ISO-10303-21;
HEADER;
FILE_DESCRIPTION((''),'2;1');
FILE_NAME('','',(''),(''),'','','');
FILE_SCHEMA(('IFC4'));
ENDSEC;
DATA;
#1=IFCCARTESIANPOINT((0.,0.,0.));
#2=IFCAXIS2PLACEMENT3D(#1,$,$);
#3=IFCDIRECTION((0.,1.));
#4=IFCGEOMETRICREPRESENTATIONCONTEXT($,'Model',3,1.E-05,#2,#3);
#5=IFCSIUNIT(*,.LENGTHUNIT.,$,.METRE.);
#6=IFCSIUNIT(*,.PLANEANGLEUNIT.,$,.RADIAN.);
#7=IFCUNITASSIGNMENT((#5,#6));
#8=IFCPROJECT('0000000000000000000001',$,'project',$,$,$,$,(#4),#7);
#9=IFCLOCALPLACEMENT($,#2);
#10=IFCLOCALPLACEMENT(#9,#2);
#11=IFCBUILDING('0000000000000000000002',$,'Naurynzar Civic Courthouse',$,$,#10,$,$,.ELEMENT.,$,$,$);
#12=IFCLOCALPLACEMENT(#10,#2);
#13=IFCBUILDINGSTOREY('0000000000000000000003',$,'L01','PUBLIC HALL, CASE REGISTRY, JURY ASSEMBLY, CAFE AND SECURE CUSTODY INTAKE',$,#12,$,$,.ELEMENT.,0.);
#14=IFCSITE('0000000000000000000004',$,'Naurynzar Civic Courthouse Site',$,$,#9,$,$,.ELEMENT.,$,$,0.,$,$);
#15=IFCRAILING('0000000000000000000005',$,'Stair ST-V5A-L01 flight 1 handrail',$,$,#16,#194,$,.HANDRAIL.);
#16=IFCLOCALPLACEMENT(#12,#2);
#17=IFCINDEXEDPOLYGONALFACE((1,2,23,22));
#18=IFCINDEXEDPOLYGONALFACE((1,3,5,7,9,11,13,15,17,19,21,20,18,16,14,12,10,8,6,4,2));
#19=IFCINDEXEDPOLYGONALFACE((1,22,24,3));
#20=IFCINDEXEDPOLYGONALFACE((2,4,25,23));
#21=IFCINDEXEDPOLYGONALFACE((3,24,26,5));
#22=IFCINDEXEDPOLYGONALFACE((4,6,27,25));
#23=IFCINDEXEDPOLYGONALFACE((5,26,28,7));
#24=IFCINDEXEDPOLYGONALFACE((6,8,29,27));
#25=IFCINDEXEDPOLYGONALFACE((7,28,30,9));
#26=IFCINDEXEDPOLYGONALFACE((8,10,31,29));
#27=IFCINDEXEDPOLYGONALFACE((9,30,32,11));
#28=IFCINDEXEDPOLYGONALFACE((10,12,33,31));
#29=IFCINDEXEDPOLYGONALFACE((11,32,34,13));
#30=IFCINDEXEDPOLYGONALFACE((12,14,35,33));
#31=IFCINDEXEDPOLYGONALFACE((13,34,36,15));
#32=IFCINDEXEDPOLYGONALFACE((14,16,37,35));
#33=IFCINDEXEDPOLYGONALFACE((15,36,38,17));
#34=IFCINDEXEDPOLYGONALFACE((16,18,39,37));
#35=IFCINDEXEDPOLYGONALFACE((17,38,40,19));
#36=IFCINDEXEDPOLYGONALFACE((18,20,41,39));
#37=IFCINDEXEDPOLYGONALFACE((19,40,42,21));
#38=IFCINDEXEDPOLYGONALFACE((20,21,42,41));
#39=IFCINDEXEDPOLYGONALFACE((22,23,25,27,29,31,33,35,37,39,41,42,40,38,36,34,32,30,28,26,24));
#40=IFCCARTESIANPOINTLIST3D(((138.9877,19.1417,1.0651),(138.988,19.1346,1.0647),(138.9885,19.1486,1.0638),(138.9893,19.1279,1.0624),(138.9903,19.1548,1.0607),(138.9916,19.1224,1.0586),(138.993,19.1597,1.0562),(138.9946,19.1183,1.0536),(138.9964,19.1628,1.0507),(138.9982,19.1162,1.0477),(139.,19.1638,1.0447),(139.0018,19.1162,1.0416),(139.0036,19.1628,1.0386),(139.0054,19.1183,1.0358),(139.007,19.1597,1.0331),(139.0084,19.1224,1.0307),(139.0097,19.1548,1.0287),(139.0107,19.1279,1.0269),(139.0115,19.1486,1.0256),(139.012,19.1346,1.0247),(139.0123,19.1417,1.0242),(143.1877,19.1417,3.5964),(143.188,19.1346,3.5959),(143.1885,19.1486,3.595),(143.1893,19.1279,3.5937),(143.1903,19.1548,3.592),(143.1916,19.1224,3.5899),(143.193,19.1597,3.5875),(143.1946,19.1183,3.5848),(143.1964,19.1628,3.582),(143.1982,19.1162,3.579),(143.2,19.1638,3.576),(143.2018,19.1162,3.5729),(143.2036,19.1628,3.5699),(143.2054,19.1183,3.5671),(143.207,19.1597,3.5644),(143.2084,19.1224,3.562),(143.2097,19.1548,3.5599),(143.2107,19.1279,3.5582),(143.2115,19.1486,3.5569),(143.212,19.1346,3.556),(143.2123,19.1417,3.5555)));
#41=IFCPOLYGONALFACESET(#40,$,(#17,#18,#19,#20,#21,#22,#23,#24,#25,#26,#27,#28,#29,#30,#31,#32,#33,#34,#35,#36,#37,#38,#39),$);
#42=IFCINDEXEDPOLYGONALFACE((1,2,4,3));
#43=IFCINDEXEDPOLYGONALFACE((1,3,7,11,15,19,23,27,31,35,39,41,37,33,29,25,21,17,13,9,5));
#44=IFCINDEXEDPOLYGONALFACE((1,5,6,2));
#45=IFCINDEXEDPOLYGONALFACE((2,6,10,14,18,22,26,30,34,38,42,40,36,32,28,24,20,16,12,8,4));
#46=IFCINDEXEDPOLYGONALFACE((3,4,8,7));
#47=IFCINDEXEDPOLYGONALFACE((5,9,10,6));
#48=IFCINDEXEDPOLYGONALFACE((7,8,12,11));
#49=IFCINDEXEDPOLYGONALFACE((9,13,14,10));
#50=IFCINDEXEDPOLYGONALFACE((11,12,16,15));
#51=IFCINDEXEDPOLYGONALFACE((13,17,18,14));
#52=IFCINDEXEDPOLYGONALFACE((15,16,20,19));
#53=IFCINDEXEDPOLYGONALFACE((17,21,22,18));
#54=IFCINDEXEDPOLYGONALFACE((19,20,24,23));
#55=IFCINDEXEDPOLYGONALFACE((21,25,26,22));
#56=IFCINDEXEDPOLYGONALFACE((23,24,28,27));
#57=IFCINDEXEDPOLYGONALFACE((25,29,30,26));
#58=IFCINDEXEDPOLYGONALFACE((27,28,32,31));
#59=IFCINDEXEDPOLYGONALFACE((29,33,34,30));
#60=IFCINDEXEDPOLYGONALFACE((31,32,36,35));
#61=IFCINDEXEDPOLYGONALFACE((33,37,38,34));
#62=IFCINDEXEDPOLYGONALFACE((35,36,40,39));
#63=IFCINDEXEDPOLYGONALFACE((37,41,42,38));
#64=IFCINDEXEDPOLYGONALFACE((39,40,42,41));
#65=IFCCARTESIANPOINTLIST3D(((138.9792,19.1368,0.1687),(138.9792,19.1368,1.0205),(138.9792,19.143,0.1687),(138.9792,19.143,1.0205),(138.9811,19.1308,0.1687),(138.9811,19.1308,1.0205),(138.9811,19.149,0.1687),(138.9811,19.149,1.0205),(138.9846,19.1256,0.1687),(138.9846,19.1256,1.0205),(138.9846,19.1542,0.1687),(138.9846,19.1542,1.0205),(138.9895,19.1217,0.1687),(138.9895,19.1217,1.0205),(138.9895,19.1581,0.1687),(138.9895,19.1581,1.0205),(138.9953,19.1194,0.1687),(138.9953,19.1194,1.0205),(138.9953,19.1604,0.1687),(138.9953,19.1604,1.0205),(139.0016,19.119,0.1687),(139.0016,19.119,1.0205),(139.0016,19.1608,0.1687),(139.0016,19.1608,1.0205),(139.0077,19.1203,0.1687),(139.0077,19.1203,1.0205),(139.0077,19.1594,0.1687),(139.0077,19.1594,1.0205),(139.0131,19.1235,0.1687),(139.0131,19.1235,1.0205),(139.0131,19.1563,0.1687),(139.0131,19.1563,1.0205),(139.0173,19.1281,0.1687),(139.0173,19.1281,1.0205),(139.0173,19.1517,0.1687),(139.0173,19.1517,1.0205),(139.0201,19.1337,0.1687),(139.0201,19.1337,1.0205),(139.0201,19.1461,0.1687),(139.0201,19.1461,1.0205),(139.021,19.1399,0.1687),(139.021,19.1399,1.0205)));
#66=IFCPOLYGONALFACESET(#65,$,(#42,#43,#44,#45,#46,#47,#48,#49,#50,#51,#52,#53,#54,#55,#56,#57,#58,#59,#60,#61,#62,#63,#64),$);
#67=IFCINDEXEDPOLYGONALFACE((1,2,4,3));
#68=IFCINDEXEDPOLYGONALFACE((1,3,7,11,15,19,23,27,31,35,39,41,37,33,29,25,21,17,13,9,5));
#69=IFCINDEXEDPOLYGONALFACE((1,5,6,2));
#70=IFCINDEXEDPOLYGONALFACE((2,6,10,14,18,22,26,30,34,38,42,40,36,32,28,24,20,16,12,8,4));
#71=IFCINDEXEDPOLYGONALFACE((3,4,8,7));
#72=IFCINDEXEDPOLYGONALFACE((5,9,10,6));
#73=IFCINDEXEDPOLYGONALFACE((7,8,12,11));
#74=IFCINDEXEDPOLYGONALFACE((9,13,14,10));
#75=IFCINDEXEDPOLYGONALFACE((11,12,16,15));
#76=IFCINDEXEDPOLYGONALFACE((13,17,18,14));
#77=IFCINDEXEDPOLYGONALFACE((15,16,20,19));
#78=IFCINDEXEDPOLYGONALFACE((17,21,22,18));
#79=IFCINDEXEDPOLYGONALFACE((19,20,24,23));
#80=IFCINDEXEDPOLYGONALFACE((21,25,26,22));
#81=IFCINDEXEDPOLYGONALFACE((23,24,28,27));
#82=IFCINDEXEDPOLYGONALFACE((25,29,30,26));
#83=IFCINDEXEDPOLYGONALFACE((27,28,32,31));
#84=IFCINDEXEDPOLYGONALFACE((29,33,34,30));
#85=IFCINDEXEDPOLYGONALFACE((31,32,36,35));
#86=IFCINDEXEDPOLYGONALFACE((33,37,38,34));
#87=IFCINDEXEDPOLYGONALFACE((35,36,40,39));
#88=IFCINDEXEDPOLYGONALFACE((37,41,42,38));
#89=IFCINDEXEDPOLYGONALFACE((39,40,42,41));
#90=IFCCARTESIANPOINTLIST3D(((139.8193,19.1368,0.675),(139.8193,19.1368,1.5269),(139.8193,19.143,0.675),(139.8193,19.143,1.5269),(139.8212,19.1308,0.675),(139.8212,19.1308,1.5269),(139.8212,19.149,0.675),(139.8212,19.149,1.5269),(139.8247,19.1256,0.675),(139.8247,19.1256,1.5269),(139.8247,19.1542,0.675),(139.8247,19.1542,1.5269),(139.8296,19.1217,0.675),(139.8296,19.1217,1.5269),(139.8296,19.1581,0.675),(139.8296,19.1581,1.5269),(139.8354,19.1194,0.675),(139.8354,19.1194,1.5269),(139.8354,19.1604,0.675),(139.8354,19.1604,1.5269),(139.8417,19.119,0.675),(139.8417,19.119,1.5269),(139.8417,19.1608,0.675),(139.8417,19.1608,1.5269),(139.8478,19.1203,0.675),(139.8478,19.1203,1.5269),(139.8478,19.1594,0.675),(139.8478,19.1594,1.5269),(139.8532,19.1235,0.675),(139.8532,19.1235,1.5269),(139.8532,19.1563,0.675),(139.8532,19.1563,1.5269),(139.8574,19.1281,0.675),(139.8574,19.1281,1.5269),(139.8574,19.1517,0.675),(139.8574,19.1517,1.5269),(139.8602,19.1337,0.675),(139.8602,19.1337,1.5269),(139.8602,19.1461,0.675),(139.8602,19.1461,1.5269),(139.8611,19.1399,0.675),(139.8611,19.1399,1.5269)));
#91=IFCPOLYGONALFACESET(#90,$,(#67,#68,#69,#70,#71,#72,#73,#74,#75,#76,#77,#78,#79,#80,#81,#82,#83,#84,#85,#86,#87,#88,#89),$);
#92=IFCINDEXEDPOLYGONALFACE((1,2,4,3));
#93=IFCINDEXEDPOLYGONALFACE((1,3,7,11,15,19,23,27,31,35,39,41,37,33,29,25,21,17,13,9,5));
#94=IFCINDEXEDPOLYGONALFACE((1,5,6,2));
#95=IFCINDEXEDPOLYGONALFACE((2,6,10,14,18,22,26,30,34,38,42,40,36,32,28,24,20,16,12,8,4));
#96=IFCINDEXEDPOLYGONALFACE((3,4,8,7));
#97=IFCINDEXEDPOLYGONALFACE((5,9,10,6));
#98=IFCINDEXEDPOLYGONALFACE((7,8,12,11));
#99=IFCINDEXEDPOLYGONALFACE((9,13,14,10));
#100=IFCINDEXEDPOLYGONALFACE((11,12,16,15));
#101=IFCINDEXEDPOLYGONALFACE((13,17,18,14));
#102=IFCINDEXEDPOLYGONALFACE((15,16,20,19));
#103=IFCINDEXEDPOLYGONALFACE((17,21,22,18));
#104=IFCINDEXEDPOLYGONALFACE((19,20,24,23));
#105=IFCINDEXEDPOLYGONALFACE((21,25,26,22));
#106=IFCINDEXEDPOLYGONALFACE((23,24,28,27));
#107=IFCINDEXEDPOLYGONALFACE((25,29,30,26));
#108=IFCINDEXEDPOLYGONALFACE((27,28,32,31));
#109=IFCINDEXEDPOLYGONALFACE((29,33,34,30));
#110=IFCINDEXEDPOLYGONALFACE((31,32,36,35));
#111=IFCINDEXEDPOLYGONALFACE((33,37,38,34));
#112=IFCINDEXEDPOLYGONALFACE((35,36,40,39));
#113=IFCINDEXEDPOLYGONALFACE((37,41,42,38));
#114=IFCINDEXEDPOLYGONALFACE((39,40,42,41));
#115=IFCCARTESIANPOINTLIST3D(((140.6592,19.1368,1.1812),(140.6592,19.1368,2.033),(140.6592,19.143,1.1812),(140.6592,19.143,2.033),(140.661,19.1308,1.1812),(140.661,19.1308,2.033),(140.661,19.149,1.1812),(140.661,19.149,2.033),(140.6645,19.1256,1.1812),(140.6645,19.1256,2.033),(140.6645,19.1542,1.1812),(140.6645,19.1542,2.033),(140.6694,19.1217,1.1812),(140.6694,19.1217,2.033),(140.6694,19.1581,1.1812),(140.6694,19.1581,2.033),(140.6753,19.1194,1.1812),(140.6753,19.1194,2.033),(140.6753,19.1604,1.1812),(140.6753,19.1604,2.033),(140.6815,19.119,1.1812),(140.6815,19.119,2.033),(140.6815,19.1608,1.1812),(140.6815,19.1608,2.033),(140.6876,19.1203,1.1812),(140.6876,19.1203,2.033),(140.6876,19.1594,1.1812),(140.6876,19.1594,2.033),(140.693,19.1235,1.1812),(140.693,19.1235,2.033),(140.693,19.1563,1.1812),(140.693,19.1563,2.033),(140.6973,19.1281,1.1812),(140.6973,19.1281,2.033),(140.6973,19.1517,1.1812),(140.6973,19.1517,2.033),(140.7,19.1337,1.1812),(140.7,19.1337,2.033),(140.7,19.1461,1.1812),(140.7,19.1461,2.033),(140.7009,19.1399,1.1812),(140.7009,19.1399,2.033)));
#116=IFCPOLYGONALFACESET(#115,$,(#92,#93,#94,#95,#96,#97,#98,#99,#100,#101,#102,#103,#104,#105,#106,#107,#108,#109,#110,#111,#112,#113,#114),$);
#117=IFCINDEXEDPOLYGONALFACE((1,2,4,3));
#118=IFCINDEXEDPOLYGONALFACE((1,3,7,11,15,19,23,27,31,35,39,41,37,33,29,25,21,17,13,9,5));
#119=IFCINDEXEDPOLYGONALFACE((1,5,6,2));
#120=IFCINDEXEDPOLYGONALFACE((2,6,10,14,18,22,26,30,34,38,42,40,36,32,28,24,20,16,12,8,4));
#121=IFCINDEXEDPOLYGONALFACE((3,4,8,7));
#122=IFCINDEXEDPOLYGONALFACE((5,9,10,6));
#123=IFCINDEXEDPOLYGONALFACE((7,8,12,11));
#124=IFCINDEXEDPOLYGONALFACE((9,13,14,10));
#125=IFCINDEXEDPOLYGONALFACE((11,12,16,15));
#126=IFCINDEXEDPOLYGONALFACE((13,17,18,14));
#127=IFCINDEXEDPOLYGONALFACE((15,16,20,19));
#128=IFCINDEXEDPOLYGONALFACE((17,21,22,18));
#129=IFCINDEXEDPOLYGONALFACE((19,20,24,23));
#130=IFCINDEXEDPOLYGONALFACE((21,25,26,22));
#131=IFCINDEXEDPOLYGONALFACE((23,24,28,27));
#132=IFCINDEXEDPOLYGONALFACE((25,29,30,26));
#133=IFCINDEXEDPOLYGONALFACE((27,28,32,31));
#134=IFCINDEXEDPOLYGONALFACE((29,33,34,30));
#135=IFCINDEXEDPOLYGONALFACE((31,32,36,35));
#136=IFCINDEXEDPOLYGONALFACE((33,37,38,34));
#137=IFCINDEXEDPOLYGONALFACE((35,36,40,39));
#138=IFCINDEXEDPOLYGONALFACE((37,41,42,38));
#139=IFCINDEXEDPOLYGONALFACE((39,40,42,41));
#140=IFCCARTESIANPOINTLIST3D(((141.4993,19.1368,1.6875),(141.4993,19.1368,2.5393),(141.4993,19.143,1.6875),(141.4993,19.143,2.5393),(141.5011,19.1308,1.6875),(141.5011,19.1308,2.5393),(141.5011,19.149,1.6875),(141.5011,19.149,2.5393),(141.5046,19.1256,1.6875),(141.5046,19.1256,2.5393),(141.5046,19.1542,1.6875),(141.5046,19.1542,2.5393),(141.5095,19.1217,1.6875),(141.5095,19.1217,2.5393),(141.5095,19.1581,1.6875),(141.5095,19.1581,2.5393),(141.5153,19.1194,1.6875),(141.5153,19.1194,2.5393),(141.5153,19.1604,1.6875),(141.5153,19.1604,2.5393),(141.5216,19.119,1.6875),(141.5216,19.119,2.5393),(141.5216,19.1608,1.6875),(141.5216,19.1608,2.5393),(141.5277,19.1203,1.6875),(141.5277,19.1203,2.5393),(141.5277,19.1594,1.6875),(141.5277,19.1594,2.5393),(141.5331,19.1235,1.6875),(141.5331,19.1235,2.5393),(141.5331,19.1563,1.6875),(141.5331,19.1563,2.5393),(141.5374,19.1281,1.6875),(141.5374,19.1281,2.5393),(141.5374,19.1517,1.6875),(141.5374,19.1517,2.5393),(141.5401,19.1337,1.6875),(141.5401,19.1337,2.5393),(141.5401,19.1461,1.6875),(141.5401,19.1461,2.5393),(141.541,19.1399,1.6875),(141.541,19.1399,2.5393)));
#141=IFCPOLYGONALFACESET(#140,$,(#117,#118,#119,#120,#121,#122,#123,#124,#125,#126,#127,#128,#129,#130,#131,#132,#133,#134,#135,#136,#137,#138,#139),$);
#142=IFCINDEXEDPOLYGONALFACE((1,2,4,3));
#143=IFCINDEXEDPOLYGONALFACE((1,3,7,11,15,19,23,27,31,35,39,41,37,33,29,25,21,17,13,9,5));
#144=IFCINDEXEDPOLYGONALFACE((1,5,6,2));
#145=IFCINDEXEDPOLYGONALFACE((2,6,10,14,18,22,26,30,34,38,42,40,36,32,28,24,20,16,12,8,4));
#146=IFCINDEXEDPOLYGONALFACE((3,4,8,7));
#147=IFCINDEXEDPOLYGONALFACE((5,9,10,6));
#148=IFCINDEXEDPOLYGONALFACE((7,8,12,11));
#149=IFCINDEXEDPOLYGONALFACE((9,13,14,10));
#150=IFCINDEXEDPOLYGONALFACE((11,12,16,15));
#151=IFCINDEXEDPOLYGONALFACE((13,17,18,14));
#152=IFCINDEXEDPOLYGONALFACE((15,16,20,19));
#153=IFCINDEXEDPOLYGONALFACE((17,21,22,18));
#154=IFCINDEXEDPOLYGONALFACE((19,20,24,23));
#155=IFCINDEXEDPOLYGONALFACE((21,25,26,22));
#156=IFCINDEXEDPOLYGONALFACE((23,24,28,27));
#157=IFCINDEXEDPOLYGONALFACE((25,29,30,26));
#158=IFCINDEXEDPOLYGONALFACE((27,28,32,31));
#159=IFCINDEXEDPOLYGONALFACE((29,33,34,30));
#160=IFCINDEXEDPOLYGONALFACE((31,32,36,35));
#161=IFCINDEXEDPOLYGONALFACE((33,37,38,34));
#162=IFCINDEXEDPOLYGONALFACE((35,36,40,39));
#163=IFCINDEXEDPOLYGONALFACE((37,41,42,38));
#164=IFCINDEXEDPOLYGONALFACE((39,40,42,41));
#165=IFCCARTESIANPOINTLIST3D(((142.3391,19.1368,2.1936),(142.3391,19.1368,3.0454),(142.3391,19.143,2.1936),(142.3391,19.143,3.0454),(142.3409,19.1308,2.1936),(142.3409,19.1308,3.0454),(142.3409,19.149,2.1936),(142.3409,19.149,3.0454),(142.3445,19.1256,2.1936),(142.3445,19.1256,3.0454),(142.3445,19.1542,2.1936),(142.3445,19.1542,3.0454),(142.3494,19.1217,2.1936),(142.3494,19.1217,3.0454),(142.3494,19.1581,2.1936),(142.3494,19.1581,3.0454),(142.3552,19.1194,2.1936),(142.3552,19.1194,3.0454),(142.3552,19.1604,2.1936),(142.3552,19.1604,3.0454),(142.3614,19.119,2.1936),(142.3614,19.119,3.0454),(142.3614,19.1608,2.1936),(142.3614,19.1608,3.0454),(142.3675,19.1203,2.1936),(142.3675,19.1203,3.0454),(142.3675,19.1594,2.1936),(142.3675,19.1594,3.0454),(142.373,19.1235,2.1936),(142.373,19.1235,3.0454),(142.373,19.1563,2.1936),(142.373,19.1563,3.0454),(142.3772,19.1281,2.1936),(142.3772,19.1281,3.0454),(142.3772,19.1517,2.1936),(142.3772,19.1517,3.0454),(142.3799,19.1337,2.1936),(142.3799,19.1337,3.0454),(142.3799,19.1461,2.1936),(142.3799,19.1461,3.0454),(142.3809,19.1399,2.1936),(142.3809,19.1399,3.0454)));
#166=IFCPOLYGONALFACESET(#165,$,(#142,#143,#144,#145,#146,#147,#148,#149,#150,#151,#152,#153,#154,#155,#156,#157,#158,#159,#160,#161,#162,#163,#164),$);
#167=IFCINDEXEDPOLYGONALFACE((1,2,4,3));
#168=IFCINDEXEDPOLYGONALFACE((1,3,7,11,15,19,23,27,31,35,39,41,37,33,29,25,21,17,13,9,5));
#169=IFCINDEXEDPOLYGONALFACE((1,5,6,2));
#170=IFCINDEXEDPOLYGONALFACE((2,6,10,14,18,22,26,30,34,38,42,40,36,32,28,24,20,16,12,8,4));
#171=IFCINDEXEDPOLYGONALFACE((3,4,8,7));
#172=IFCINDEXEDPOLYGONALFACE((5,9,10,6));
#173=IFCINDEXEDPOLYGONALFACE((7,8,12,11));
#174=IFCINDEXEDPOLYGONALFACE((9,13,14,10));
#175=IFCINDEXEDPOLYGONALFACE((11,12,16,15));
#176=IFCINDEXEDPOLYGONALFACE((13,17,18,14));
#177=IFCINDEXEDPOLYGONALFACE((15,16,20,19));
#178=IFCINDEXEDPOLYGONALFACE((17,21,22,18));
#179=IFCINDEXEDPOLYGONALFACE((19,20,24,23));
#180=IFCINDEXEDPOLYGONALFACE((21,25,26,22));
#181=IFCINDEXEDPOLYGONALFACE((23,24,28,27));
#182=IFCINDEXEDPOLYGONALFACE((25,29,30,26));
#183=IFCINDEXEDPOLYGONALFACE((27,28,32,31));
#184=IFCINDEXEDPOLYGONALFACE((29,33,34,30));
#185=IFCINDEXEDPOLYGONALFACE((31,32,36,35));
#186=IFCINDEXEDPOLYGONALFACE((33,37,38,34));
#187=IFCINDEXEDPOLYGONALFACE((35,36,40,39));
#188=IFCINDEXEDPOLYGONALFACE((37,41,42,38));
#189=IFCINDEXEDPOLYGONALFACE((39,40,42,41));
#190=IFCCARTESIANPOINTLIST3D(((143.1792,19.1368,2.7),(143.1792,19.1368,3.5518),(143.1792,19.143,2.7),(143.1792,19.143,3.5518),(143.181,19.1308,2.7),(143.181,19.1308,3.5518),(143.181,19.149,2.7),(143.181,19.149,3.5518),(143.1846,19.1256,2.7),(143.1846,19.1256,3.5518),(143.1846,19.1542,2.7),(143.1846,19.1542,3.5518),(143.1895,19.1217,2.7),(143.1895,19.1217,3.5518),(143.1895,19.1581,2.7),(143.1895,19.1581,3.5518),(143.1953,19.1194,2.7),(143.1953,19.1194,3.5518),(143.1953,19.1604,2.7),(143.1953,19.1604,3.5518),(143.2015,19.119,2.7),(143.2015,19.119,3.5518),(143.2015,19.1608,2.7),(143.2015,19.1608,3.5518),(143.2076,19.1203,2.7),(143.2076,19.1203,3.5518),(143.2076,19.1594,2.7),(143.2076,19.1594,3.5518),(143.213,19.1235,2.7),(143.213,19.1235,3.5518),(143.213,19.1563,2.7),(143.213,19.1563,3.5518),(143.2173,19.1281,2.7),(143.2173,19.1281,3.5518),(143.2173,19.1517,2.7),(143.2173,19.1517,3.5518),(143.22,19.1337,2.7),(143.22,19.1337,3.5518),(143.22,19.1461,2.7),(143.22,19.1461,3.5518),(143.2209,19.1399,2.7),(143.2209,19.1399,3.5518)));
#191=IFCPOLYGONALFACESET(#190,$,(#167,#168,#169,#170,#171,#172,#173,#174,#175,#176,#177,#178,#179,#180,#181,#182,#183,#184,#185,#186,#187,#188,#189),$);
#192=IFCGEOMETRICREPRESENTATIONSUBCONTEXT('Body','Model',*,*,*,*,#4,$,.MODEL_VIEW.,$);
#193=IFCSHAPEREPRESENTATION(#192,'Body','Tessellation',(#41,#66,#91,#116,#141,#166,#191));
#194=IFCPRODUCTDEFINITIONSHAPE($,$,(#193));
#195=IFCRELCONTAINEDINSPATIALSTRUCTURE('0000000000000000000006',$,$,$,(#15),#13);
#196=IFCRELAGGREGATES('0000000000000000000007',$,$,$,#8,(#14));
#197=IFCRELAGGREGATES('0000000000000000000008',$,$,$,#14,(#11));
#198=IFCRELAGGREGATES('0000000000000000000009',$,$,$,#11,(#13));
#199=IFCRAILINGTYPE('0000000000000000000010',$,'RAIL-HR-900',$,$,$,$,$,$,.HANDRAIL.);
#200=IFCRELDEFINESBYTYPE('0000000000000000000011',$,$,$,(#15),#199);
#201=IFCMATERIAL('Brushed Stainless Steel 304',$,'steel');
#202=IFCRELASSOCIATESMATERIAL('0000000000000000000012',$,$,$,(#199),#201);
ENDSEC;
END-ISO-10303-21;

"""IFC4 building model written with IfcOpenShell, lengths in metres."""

from ifc_helpers import new_model, si_unit, direction, frame, origin, origin_2d, place, context, subcontext, project, spatial, circle, extrude, material, type_object, element, save


model = new_model("IFC4")

# Units and contexts
model_context = context("Model", 3, precision=1e-05, world=origin(), true_north=direction((0.0, 1.0)))
body_context = subcontext(model_context, "Body", "Model", "MODEL_VIEW")
ifc_project = project(units=[si_unit("LENGTHUNIT", "METRE"), si_unit("PLANEANGLEUNIT", "RADIAN")], contexts=[model_context])

# Site, building, storey
site_placement = place(None, origin())
site = spatial("IfcSite", under=ifc_project, at=site_placement, Name="Naurynzar Civic Courthouse Site", CompositionType="ELEMENT", RefElevation=0.0)
building_placement = place(site_placement, origin())
building = spatial("IfcBuilding", under=site, at=building_placement, Name="Naurynzar Civic Courthouse", CompositionType="ELEMENT")
storey_placement = place(building_placement, origin())
storey = spatial("IfcBuildingStorey", under=building, at=storey_placement, Name="L01", Description="PUBLIC HALL, CASE REGISTRY, JURY ASSEMBLY, CAFE AND SECURE CUSTODY INTAKE", CompositionType="ELEMENT", Elevation=0.0)

# Railing
ifc_material_1 = material(Name="Brushed Stainless Steel 304", Category="steel")
railing_type_1 = type_object("IfcRailingType", Name="RAIL-HR-900", PredefinedType="HANDRAIL", material=ifc_material_1)
railing_1_placement = place(storey_placement, frame((139.0, 19.1399, 0.1687)))
element("IfcRailing", 1, at=railing_1_placement, inside=storey, type_object=railing_type_1, Name="Stair ST-V5A-L01 flight 1 handrail", PredefinedType="HANDRAIL", context=body_context, shape_type="SweptSolid", body=[
    extrude(circle(Radius=0.0239, at=origin_2d()), frame((0.0, 0.0, 0.876), z_axis=(0.856476, 0.0, 0.516186), x_axis=(0.0, 1.0, 0.0)), (0.0, 0.0, 1.0), 4.9038),
    extrude(circle(Radius=0.021, at=origin_2d()), origin(), (0.0, 0.0, 1.0), 0.8518),
    extrude(circle(Radius=0.021, at=origin_2d()), frame((0.8401, 0.0, 0.5063)), (0.0, 0.0, 1.0), 0.8518),
    extrude(circle(Radius=0.021, at=origin_2d()), frame((1.6799, 0.0, 1.0125)), (0.0, 0.0, 1.0), 0.8518),
    extrude(circle(Radius=0.021, at=origin_2d()), frame((2.52, 0.0, 1.5188)), (0.0, 0.0, 1.0), 0.8518),
    extrude(circle(Radius=0.021, at=origin_2d()), frame((3.3599, 0.0, 2.0249)), (0.0, 0.0, 1.0), 0.8518),
    extrude(circle(Radius=0.021, at=origin_2d()), frame((4.2, 0.0, 2.5312)), (0.0, 0.0, 1.0), 0.8518),
])

save(model, "model.ifc")
